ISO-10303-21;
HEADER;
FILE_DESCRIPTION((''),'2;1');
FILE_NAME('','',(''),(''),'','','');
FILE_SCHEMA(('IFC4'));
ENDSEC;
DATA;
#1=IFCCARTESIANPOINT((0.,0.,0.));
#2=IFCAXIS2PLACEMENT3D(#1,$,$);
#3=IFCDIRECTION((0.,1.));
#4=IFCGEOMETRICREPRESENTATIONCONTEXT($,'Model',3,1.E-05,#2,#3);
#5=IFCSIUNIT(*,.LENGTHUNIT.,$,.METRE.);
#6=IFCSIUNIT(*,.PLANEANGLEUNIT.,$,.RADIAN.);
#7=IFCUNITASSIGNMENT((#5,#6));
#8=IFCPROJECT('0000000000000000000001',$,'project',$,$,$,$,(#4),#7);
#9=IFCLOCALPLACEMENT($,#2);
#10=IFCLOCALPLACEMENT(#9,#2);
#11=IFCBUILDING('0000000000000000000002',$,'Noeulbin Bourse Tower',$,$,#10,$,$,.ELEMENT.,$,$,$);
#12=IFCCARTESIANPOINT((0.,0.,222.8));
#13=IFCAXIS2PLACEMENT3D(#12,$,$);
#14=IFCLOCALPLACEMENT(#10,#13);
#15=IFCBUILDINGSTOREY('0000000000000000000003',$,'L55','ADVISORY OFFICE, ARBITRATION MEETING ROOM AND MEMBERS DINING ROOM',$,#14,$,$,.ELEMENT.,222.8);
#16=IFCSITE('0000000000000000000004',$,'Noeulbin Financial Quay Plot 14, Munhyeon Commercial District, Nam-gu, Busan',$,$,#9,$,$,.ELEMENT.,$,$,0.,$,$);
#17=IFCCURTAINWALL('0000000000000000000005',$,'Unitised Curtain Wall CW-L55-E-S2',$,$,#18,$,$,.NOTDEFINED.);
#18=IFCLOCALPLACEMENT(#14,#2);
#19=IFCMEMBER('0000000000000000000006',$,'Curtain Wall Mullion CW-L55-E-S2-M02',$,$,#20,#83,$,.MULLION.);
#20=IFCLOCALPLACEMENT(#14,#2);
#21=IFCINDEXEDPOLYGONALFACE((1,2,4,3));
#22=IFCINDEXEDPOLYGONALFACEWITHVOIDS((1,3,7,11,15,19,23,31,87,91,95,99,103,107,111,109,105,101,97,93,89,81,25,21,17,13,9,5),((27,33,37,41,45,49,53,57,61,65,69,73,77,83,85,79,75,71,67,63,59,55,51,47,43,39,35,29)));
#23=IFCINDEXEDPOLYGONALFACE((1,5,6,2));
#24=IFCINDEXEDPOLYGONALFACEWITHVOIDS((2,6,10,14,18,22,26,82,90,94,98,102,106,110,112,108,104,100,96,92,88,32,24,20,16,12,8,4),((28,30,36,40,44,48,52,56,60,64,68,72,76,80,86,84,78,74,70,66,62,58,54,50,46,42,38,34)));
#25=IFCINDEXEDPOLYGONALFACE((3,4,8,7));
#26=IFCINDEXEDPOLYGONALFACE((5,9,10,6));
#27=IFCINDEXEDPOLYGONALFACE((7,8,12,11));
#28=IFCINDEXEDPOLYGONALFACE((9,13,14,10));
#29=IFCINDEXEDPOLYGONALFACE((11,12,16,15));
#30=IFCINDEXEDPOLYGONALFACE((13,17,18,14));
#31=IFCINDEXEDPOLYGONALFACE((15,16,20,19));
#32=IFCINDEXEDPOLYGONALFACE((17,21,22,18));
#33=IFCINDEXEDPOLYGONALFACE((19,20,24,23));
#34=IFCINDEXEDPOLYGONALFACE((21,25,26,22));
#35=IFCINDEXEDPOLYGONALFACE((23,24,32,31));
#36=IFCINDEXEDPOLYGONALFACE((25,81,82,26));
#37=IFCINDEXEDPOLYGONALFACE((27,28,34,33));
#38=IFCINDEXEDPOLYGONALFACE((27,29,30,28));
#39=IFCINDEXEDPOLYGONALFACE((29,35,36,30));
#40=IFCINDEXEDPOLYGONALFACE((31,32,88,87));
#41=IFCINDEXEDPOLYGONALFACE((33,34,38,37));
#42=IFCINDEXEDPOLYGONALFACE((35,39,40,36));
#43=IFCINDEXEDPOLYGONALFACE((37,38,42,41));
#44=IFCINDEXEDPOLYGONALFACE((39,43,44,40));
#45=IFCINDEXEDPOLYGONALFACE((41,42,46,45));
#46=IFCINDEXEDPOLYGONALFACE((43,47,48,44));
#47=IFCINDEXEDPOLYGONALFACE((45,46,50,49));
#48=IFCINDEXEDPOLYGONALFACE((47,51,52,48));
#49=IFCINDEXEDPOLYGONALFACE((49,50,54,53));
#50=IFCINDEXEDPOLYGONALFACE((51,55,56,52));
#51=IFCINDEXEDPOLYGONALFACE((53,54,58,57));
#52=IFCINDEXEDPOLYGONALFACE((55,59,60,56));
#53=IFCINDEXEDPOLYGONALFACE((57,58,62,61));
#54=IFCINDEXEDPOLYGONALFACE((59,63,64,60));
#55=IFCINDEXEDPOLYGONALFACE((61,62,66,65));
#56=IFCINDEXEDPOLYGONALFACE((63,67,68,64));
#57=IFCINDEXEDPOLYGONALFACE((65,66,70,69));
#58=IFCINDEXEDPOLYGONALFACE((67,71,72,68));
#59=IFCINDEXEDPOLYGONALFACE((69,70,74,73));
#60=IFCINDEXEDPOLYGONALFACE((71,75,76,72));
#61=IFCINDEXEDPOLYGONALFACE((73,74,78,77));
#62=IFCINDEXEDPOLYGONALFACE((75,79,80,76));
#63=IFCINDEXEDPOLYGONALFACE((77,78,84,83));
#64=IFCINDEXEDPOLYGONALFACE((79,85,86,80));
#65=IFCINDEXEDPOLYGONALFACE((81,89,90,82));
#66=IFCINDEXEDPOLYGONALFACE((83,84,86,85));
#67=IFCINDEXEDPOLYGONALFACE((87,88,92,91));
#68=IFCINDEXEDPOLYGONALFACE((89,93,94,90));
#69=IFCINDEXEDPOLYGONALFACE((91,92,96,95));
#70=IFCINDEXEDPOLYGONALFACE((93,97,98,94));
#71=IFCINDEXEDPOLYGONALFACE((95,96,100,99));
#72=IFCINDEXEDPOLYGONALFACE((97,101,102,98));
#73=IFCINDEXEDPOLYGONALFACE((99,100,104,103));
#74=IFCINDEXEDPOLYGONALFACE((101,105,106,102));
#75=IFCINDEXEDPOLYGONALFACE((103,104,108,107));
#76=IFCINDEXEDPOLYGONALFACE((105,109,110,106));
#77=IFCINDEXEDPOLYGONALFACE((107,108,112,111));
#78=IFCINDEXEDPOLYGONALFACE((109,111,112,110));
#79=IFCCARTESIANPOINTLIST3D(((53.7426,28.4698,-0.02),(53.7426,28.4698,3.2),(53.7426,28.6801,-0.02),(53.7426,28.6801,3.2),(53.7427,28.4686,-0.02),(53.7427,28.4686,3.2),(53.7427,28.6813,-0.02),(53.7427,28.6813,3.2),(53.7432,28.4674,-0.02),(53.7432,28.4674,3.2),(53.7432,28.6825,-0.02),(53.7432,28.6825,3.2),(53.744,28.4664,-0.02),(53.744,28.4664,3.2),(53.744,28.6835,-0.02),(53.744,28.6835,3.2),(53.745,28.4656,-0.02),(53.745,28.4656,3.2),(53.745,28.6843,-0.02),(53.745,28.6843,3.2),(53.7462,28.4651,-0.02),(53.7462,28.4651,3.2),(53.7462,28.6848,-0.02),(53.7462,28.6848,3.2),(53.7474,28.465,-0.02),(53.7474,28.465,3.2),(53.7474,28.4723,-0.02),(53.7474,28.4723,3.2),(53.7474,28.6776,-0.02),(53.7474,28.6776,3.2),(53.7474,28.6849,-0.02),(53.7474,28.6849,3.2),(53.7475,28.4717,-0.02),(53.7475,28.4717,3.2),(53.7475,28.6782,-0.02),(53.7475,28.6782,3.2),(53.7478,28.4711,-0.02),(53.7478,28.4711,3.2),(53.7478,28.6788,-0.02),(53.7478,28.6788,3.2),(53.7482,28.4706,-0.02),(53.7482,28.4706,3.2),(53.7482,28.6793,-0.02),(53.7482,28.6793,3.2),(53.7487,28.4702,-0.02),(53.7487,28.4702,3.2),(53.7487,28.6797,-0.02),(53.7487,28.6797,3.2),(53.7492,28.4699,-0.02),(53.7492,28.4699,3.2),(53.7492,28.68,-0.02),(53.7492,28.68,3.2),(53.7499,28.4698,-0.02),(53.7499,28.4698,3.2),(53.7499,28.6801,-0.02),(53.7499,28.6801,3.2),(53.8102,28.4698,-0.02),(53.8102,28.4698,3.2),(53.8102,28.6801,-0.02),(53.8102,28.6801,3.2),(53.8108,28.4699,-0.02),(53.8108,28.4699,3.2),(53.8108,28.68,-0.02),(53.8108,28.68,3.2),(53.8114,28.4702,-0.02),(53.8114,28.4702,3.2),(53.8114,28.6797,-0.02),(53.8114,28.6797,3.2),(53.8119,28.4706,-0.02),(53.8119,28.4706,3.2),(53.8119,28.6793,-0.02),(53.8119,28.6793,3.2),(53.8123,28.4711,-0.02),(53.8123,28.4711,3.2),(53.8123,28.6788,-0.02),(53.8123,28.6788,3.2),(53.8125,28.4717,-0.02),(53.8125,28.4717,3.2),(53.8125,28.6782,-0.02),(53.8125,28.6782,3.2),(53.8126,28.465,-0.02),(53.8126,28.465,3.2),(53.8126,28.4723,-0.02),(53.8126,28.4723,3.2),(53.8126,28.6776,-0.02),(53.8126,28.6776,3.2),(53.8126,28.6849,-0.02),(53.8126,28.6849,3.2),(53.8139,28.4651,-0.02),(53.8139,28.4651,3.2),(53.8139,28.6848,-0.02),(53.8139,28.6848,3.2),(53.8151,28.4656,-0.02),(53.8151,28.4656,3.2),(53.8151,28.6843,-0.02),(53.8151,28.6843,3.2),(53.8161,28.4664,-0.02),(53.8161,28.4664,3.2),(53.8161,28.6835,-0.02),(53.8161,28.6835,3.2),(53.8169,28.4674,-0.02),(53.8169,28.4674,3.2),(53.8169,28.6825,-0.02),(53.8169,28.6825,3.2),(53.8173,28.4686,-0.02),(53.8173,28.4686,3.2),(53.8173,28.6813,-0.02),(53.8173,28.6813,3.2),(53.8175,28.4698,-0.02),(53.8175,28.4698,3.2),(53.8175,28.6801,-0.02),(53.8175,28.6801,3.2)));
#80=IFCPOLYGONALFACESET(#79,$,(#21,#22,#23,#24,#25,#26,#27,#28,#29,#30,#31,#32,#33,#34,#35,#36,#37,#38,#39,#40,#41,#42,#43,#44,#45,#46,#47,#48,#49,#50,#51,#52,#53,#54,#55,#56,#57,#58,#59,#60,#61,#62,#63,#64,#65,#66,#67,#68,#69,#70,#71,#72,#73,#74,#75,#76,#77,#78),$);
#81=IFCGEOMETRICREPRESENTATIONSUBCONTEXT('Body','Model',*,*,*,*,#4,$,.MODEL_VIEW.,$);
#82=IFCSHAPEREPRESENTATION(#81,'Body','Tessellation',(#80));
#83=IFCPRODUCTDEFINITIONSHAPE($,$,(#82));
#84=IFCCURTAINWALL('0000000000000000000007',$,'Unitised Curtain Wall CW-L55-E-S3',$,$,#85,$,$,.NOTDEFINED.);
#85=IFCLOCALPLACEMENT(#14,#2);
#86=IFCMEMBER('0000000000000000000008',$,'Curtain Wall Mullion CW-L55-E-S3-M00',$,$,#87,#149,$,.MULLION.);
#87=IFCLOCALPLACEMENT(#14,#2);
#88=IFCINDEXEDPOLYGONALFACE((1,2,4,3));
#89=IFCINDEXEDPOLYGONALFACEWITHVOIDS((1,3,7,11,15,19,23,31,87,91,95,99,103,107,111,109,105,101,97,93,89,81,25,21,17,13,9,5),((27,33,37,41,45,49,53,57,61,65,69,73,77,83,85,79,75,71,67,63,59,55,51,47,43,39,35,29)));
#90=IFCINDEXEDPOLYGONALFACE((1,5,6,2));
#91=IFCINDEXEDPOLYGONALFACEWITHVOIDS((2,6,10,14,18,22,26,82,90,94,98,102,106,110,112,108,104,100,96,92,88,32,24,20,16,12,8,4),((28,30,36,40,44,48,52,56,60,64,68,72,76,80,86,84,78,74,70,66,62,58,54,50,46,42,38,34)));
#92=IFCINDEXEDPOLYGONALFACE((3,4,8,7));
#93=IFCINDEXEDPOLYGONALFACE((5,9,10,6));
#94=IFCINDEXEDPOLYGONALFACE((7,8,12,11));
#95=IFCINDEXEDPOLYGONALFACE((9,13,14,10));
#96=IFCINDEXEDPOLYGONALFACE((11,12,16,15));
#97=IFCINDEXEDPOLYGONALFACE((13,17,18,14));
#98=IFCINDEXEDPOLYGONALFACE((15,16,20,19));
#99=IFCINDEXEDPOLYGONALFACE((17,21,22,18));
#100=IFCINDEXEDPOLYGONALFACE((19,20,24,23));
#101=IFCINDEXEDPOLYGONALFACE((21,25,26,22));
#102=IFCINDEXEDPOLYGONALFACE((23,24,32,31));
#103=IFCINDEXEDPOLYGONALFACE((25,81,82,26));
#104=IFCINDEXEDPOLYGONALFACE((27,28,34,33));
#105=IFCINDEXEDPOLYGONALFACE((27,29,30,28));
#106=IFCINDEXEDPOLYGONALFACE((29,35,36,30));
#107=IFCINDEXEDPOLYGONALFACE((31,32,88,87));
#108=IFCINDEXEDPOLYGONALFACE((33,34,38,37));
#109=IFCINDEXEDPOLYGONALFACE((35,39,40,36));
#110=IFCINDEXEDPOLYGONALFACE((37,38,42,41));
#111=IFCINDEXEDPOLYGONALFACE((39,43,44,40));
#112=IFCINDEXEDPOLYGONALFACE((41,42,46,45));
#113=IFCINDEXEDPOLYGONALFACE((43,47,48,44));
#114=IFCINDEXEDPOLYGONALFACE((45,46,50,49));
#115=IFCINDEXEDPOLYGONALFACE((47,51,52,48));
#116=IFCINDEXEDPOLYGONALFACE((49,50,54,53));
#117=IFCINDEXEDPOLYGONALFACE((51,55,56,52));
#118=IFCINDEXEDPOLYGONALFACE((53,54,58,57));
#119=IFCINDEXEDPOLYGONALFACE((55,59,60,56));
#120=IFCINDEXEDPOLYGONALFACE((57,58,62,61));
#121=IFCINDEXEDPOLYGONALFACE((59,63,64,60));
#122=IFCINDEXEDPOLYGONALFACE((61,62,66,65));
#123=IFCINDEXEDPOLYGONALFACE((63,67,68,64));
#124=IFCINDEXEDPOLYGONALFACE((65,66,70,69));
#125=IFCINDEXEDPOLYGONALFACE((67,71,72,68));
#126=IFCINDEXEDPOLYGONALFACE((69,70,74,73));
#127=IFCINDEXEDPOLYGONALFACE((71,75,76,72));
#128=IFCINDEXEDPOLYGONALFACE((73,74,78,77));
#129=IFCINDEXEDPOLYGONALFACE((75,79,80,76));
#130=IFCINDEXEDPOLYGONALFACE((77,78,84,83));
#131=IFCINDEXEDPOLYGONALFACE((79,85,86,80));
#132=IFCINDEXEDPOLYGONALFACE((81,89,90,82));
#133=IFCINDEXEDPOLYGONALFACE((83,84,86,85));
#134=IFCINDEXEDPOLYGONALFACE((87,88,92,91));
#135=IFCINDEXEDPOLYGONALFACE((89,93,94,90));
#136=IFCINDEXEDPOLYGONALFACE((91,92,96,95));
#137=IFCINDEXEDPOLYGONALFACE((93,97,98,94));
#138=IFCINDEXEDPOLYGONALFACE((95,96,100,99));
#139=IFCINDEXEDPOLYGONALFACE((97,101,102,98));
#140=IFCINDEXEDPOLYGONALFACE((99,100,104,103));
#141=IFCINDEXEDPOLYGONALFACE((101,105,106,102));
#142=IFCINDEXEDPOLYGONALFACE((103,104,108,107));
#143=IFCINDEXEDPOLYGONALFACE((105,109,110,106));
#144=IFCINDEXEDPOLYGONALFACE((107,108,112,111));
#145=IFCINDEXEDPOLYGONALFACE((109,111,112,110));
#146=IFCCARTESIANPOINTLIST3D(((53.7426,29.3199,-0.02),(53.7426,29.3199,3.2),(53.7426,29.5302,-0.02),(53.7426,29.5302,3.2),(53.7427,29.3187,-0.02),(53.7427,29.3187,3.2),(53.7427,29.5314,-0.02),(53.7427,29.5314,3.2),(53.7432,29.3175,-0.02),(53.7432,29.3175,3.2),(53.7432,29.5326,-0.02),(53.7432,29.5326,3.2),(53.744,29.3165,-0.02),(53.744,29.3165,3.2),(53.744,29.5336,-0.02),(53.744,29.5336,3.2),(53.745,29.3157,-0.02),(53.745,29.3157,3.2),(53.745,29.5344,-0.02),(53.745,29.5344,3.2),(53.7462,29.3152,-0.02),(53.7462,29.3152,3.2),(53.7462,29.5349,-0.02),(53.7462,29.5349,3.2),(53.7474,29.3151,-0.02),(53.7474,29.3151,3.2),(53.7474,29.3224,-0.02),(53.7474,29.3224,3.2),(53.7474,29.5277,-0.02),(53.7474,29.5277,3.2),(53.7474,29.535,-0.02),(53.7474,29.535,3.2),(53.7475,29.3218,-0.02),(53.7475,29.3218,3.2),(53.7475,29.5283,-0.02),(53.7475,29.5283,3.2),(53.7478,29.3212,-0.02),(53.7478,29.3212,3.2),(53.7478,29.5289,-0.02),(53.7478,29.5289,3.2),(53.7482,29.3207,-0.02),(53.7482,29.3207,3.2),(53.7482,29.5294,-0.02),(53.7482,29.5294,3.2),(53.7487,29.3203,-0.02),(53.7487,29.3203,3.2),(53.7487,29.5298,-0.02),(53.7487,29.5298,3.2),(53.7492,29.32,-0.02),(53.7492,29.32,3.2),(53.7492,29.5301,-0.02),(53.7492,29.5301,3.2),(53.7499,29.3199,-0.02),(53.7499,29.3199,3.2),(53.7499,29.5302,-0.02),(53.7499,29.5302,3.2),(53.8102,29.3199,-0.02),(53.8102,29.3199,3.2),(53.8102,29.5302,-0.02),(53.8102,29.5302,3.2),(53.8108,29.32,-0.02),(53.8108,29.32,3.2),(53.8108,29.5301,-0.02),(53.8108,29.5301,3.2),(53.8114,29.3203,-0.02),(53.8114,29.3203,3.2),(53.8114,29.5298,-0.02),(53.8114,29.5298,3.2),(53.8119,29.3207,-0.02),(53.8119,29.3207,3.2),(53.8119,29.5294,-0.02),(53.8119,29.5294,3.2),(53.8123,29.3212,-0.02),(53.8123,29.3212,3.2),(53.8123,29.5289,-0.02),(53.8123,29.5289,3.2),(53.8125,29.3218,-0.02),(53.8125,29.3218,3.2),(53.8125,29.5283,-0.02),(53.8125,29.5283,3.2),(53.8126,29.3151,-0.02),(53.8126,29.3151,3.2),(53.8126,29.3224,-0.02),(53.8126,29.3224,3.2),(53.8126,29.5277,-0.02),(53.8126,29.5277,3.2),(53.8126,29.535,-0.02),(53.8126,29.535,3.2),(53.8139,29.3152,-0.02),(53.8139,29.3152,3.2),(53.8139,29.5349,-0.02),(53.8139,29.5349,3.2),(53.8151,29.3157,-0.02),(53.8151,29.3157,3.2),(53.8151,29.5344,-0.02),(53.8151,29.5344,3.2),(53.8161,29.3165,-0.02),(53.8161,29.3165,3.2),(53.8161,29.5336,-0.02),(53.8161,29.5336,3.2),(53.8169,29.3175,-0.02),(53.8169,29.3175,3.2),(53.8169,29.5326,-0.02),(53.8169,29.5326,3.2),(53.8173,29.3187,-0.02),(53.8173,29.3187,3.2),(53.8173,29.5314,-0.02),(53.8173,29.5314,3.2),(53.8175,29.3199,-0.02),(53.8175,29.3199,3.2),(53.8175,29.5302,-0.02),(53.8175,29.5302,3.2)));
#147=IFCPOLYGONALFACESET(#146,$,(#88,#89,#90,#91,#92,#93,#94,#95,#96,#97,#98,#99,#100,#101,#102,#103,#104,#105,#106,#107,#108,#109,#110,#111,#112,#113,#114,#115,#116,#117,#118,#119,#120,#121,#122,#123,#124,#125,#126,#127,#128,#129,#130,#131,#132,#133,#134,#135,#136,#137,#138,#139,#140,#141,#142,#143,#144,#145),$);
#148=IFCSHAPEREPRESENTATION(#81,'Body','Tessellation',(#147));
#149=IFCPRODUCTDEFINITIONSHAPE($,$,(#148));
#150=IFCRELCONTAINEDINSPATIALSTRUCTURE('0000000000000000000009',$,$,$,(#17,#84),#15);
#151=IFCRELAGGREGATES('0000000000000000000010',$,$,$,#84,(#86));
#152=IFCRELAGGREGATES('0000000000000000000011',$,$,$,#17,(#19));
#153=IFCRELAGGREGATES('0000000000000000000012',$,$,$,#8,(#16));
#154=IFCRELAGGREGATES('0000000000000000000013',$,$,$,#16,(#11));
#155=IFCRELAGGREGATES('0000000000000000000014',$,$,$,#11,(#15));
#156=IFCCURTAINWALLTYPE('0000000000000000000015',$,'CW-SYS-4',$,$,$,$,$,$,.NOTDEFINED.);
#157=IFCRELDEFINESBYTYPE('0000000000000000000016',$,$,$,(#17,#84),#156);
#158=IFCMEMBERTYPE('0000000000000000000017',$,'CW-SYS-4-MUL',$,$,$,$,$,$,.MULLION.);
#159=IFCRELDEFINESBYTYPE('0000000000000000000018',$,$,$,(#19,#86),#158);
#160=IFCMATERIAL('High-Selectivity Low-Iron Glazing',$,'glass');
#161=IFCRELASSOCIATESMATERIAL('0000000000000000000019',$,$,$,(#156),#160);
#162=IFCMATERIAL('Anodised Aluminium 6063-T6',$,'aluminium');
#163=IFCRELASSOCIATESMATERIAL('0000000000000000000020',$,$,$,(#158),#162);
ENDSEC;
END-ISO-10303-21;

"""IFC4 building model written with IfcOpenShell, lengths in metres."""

from ifc_helpers import new_model, si_unit, direction, frame, origin, origin_2d, place, context, subcontext, project, spatial, hollow_rectangle, extrude, material, material_profile, profile_set, type_object, element, aggregate, save


model = new_model("IFC4")

# Units and contexts
model_context = context("Model", 3, precision=1e-05, world=origin(), true_north=direction((0.0, 1.0)))
body_context = subcontext(model_context, "Body", "Model", "MODEL_VIEW")
ifc_project = project(units=[si_unit("LENGTHUNIT", "METRE"), si_unit("PLANEANGLEUNIT", "RADIAN")], contexts=[model_context])

# Site, building, storey
site_placement = place(None, origin())
site = spatial("IfcSite", under=ifc_project, at=site_placement, Name="Noeulbin Financial Quay Plot 14, Munhyeon Commercial District, Nam-gu, Busan", CompositionType="ELEMENT", RefElevation=0.0)
building_placement = place(site_placement, origin())
building = spatial("IfcBuilding", under=site, at=building_placement, Name="Noeulbin Bourse Tower", CompositionType="ELEMENT")
storey_placement = place(building_placement, frame((0.0, 0.0, 222.8)))
storey = spatial("IfcBuildingStorey", under=building, at=storey_placement, Name="L55", Description="ADVISORY OFFICE, ARBITRATION MEETING ROOM AND MEMBERS DINING ROOM", CompositionType="ELEMENT", Elevation=222.8)

# Curtain wall, member
ifc_material_1 = material(Name="High-Selectivity Low-Iron Glazing", Category="glass")
curtain_wall_type = type_object("IfcCurtainWallType", Name="CW-SYS-4", PredefinedType="NOTDEFINED", material=ifc_material_1)
curtain_wall_1_placement = place(storey_placement, origin())
curtain_wall_1 = element("IfcCurtainWall", 1, at=curtain_wall_1_placement, inside=storey, type_object=curtain_wall_type, Name="Unitised Curtain Wall CW-L55-E-S2", PredefinedType="NOTDEFINED")
ifc_material_2 = material(Name="Anodised Aluminium 6063-T6", Category="aluminium")
ifc_material_profile_1 = material_profile(ifc_material_2, hollow_rectangle(XDim=0.075, YDim=0.22, WallThickness=0.0049, InnerFilletRadius=0.0024, OuterFilletRadius=0.0049, at=origin_2d()), Name="ALU-MULL-75x220x5", Category="LoadBearing")
ifc_profile_set_1 = profile_set([ifc_material_profile_1], Name="Anodised Aluminium 6063-T6")
member_type_1 = type_object("IfcMemberType", Name="CW-SYS-4-MUL", PredefinedType="MULLION", material=ifc_profile_set_1)
member_1_placement = place(storey_placement, frame((53.78, 28.575, -0.02), z_axis=(0.0, 0.0, 1.0), x_axis=(1.0, 0.0, 0.0)))
member_1 = element("IfcMember", 2, at=member_1_placement, type_object=member_type_1, Name="Curtain Wall Mullion CW-L55-E-S2-M02", PredefinedType="MULLION", context=body_context, shape_type="SweptSolid", body=[
    extrude(hollow_rectangle(XDim=0.075, YDim=0.22, WallThickness=0.0049, InnerFilletRadius=0.0024, OuterFilletRadius=0.0049, at=origin_2d()), origin(), (0.0, 0.0, 1.0), 3.22),
])

# Curtain wall, member
curtain_wall_2_placement = place(storey_placement, origin())
curtain_wall_2 = element("IfcCurtainWall", 3, at=curtain_wall_2_placement, inside=storey, type_object=curtain_wall_type, Name="Unitised Curtain Wall CW-L55-E-S3", PredefinedType="NOTDEFINED")
member_2_placement = place(storey_placement, frame((53.78, 29.425, -0.02), z_axis=(0.0, 0.0, 1.0), x_axis=(1.0, 0.0, 0.0)))
member_2 = element("IfcMember", 4, at=member_2_placement, type_object=member_type_1, Name="Curtain Wall Mullion CW-L55-E-S3-M00", PredefinedType="MULLION", context=body_context, shape_type="SweptSolid", body=[
    extrude(hollow_rectangle(XDim=0.075, YDim=0.22, WallThickness=0.0049, InnerFilletRadius=0.0024, OuterFilletRadius=0.0049, at=origin_2d()), origin(), (0.0, 0.0, 1.0), 3.22),
])
aggregate(curtain_wall_2, [member_2])

aggregate(curtain_wall_1, [member_1])

save(model, "model.ifc")
